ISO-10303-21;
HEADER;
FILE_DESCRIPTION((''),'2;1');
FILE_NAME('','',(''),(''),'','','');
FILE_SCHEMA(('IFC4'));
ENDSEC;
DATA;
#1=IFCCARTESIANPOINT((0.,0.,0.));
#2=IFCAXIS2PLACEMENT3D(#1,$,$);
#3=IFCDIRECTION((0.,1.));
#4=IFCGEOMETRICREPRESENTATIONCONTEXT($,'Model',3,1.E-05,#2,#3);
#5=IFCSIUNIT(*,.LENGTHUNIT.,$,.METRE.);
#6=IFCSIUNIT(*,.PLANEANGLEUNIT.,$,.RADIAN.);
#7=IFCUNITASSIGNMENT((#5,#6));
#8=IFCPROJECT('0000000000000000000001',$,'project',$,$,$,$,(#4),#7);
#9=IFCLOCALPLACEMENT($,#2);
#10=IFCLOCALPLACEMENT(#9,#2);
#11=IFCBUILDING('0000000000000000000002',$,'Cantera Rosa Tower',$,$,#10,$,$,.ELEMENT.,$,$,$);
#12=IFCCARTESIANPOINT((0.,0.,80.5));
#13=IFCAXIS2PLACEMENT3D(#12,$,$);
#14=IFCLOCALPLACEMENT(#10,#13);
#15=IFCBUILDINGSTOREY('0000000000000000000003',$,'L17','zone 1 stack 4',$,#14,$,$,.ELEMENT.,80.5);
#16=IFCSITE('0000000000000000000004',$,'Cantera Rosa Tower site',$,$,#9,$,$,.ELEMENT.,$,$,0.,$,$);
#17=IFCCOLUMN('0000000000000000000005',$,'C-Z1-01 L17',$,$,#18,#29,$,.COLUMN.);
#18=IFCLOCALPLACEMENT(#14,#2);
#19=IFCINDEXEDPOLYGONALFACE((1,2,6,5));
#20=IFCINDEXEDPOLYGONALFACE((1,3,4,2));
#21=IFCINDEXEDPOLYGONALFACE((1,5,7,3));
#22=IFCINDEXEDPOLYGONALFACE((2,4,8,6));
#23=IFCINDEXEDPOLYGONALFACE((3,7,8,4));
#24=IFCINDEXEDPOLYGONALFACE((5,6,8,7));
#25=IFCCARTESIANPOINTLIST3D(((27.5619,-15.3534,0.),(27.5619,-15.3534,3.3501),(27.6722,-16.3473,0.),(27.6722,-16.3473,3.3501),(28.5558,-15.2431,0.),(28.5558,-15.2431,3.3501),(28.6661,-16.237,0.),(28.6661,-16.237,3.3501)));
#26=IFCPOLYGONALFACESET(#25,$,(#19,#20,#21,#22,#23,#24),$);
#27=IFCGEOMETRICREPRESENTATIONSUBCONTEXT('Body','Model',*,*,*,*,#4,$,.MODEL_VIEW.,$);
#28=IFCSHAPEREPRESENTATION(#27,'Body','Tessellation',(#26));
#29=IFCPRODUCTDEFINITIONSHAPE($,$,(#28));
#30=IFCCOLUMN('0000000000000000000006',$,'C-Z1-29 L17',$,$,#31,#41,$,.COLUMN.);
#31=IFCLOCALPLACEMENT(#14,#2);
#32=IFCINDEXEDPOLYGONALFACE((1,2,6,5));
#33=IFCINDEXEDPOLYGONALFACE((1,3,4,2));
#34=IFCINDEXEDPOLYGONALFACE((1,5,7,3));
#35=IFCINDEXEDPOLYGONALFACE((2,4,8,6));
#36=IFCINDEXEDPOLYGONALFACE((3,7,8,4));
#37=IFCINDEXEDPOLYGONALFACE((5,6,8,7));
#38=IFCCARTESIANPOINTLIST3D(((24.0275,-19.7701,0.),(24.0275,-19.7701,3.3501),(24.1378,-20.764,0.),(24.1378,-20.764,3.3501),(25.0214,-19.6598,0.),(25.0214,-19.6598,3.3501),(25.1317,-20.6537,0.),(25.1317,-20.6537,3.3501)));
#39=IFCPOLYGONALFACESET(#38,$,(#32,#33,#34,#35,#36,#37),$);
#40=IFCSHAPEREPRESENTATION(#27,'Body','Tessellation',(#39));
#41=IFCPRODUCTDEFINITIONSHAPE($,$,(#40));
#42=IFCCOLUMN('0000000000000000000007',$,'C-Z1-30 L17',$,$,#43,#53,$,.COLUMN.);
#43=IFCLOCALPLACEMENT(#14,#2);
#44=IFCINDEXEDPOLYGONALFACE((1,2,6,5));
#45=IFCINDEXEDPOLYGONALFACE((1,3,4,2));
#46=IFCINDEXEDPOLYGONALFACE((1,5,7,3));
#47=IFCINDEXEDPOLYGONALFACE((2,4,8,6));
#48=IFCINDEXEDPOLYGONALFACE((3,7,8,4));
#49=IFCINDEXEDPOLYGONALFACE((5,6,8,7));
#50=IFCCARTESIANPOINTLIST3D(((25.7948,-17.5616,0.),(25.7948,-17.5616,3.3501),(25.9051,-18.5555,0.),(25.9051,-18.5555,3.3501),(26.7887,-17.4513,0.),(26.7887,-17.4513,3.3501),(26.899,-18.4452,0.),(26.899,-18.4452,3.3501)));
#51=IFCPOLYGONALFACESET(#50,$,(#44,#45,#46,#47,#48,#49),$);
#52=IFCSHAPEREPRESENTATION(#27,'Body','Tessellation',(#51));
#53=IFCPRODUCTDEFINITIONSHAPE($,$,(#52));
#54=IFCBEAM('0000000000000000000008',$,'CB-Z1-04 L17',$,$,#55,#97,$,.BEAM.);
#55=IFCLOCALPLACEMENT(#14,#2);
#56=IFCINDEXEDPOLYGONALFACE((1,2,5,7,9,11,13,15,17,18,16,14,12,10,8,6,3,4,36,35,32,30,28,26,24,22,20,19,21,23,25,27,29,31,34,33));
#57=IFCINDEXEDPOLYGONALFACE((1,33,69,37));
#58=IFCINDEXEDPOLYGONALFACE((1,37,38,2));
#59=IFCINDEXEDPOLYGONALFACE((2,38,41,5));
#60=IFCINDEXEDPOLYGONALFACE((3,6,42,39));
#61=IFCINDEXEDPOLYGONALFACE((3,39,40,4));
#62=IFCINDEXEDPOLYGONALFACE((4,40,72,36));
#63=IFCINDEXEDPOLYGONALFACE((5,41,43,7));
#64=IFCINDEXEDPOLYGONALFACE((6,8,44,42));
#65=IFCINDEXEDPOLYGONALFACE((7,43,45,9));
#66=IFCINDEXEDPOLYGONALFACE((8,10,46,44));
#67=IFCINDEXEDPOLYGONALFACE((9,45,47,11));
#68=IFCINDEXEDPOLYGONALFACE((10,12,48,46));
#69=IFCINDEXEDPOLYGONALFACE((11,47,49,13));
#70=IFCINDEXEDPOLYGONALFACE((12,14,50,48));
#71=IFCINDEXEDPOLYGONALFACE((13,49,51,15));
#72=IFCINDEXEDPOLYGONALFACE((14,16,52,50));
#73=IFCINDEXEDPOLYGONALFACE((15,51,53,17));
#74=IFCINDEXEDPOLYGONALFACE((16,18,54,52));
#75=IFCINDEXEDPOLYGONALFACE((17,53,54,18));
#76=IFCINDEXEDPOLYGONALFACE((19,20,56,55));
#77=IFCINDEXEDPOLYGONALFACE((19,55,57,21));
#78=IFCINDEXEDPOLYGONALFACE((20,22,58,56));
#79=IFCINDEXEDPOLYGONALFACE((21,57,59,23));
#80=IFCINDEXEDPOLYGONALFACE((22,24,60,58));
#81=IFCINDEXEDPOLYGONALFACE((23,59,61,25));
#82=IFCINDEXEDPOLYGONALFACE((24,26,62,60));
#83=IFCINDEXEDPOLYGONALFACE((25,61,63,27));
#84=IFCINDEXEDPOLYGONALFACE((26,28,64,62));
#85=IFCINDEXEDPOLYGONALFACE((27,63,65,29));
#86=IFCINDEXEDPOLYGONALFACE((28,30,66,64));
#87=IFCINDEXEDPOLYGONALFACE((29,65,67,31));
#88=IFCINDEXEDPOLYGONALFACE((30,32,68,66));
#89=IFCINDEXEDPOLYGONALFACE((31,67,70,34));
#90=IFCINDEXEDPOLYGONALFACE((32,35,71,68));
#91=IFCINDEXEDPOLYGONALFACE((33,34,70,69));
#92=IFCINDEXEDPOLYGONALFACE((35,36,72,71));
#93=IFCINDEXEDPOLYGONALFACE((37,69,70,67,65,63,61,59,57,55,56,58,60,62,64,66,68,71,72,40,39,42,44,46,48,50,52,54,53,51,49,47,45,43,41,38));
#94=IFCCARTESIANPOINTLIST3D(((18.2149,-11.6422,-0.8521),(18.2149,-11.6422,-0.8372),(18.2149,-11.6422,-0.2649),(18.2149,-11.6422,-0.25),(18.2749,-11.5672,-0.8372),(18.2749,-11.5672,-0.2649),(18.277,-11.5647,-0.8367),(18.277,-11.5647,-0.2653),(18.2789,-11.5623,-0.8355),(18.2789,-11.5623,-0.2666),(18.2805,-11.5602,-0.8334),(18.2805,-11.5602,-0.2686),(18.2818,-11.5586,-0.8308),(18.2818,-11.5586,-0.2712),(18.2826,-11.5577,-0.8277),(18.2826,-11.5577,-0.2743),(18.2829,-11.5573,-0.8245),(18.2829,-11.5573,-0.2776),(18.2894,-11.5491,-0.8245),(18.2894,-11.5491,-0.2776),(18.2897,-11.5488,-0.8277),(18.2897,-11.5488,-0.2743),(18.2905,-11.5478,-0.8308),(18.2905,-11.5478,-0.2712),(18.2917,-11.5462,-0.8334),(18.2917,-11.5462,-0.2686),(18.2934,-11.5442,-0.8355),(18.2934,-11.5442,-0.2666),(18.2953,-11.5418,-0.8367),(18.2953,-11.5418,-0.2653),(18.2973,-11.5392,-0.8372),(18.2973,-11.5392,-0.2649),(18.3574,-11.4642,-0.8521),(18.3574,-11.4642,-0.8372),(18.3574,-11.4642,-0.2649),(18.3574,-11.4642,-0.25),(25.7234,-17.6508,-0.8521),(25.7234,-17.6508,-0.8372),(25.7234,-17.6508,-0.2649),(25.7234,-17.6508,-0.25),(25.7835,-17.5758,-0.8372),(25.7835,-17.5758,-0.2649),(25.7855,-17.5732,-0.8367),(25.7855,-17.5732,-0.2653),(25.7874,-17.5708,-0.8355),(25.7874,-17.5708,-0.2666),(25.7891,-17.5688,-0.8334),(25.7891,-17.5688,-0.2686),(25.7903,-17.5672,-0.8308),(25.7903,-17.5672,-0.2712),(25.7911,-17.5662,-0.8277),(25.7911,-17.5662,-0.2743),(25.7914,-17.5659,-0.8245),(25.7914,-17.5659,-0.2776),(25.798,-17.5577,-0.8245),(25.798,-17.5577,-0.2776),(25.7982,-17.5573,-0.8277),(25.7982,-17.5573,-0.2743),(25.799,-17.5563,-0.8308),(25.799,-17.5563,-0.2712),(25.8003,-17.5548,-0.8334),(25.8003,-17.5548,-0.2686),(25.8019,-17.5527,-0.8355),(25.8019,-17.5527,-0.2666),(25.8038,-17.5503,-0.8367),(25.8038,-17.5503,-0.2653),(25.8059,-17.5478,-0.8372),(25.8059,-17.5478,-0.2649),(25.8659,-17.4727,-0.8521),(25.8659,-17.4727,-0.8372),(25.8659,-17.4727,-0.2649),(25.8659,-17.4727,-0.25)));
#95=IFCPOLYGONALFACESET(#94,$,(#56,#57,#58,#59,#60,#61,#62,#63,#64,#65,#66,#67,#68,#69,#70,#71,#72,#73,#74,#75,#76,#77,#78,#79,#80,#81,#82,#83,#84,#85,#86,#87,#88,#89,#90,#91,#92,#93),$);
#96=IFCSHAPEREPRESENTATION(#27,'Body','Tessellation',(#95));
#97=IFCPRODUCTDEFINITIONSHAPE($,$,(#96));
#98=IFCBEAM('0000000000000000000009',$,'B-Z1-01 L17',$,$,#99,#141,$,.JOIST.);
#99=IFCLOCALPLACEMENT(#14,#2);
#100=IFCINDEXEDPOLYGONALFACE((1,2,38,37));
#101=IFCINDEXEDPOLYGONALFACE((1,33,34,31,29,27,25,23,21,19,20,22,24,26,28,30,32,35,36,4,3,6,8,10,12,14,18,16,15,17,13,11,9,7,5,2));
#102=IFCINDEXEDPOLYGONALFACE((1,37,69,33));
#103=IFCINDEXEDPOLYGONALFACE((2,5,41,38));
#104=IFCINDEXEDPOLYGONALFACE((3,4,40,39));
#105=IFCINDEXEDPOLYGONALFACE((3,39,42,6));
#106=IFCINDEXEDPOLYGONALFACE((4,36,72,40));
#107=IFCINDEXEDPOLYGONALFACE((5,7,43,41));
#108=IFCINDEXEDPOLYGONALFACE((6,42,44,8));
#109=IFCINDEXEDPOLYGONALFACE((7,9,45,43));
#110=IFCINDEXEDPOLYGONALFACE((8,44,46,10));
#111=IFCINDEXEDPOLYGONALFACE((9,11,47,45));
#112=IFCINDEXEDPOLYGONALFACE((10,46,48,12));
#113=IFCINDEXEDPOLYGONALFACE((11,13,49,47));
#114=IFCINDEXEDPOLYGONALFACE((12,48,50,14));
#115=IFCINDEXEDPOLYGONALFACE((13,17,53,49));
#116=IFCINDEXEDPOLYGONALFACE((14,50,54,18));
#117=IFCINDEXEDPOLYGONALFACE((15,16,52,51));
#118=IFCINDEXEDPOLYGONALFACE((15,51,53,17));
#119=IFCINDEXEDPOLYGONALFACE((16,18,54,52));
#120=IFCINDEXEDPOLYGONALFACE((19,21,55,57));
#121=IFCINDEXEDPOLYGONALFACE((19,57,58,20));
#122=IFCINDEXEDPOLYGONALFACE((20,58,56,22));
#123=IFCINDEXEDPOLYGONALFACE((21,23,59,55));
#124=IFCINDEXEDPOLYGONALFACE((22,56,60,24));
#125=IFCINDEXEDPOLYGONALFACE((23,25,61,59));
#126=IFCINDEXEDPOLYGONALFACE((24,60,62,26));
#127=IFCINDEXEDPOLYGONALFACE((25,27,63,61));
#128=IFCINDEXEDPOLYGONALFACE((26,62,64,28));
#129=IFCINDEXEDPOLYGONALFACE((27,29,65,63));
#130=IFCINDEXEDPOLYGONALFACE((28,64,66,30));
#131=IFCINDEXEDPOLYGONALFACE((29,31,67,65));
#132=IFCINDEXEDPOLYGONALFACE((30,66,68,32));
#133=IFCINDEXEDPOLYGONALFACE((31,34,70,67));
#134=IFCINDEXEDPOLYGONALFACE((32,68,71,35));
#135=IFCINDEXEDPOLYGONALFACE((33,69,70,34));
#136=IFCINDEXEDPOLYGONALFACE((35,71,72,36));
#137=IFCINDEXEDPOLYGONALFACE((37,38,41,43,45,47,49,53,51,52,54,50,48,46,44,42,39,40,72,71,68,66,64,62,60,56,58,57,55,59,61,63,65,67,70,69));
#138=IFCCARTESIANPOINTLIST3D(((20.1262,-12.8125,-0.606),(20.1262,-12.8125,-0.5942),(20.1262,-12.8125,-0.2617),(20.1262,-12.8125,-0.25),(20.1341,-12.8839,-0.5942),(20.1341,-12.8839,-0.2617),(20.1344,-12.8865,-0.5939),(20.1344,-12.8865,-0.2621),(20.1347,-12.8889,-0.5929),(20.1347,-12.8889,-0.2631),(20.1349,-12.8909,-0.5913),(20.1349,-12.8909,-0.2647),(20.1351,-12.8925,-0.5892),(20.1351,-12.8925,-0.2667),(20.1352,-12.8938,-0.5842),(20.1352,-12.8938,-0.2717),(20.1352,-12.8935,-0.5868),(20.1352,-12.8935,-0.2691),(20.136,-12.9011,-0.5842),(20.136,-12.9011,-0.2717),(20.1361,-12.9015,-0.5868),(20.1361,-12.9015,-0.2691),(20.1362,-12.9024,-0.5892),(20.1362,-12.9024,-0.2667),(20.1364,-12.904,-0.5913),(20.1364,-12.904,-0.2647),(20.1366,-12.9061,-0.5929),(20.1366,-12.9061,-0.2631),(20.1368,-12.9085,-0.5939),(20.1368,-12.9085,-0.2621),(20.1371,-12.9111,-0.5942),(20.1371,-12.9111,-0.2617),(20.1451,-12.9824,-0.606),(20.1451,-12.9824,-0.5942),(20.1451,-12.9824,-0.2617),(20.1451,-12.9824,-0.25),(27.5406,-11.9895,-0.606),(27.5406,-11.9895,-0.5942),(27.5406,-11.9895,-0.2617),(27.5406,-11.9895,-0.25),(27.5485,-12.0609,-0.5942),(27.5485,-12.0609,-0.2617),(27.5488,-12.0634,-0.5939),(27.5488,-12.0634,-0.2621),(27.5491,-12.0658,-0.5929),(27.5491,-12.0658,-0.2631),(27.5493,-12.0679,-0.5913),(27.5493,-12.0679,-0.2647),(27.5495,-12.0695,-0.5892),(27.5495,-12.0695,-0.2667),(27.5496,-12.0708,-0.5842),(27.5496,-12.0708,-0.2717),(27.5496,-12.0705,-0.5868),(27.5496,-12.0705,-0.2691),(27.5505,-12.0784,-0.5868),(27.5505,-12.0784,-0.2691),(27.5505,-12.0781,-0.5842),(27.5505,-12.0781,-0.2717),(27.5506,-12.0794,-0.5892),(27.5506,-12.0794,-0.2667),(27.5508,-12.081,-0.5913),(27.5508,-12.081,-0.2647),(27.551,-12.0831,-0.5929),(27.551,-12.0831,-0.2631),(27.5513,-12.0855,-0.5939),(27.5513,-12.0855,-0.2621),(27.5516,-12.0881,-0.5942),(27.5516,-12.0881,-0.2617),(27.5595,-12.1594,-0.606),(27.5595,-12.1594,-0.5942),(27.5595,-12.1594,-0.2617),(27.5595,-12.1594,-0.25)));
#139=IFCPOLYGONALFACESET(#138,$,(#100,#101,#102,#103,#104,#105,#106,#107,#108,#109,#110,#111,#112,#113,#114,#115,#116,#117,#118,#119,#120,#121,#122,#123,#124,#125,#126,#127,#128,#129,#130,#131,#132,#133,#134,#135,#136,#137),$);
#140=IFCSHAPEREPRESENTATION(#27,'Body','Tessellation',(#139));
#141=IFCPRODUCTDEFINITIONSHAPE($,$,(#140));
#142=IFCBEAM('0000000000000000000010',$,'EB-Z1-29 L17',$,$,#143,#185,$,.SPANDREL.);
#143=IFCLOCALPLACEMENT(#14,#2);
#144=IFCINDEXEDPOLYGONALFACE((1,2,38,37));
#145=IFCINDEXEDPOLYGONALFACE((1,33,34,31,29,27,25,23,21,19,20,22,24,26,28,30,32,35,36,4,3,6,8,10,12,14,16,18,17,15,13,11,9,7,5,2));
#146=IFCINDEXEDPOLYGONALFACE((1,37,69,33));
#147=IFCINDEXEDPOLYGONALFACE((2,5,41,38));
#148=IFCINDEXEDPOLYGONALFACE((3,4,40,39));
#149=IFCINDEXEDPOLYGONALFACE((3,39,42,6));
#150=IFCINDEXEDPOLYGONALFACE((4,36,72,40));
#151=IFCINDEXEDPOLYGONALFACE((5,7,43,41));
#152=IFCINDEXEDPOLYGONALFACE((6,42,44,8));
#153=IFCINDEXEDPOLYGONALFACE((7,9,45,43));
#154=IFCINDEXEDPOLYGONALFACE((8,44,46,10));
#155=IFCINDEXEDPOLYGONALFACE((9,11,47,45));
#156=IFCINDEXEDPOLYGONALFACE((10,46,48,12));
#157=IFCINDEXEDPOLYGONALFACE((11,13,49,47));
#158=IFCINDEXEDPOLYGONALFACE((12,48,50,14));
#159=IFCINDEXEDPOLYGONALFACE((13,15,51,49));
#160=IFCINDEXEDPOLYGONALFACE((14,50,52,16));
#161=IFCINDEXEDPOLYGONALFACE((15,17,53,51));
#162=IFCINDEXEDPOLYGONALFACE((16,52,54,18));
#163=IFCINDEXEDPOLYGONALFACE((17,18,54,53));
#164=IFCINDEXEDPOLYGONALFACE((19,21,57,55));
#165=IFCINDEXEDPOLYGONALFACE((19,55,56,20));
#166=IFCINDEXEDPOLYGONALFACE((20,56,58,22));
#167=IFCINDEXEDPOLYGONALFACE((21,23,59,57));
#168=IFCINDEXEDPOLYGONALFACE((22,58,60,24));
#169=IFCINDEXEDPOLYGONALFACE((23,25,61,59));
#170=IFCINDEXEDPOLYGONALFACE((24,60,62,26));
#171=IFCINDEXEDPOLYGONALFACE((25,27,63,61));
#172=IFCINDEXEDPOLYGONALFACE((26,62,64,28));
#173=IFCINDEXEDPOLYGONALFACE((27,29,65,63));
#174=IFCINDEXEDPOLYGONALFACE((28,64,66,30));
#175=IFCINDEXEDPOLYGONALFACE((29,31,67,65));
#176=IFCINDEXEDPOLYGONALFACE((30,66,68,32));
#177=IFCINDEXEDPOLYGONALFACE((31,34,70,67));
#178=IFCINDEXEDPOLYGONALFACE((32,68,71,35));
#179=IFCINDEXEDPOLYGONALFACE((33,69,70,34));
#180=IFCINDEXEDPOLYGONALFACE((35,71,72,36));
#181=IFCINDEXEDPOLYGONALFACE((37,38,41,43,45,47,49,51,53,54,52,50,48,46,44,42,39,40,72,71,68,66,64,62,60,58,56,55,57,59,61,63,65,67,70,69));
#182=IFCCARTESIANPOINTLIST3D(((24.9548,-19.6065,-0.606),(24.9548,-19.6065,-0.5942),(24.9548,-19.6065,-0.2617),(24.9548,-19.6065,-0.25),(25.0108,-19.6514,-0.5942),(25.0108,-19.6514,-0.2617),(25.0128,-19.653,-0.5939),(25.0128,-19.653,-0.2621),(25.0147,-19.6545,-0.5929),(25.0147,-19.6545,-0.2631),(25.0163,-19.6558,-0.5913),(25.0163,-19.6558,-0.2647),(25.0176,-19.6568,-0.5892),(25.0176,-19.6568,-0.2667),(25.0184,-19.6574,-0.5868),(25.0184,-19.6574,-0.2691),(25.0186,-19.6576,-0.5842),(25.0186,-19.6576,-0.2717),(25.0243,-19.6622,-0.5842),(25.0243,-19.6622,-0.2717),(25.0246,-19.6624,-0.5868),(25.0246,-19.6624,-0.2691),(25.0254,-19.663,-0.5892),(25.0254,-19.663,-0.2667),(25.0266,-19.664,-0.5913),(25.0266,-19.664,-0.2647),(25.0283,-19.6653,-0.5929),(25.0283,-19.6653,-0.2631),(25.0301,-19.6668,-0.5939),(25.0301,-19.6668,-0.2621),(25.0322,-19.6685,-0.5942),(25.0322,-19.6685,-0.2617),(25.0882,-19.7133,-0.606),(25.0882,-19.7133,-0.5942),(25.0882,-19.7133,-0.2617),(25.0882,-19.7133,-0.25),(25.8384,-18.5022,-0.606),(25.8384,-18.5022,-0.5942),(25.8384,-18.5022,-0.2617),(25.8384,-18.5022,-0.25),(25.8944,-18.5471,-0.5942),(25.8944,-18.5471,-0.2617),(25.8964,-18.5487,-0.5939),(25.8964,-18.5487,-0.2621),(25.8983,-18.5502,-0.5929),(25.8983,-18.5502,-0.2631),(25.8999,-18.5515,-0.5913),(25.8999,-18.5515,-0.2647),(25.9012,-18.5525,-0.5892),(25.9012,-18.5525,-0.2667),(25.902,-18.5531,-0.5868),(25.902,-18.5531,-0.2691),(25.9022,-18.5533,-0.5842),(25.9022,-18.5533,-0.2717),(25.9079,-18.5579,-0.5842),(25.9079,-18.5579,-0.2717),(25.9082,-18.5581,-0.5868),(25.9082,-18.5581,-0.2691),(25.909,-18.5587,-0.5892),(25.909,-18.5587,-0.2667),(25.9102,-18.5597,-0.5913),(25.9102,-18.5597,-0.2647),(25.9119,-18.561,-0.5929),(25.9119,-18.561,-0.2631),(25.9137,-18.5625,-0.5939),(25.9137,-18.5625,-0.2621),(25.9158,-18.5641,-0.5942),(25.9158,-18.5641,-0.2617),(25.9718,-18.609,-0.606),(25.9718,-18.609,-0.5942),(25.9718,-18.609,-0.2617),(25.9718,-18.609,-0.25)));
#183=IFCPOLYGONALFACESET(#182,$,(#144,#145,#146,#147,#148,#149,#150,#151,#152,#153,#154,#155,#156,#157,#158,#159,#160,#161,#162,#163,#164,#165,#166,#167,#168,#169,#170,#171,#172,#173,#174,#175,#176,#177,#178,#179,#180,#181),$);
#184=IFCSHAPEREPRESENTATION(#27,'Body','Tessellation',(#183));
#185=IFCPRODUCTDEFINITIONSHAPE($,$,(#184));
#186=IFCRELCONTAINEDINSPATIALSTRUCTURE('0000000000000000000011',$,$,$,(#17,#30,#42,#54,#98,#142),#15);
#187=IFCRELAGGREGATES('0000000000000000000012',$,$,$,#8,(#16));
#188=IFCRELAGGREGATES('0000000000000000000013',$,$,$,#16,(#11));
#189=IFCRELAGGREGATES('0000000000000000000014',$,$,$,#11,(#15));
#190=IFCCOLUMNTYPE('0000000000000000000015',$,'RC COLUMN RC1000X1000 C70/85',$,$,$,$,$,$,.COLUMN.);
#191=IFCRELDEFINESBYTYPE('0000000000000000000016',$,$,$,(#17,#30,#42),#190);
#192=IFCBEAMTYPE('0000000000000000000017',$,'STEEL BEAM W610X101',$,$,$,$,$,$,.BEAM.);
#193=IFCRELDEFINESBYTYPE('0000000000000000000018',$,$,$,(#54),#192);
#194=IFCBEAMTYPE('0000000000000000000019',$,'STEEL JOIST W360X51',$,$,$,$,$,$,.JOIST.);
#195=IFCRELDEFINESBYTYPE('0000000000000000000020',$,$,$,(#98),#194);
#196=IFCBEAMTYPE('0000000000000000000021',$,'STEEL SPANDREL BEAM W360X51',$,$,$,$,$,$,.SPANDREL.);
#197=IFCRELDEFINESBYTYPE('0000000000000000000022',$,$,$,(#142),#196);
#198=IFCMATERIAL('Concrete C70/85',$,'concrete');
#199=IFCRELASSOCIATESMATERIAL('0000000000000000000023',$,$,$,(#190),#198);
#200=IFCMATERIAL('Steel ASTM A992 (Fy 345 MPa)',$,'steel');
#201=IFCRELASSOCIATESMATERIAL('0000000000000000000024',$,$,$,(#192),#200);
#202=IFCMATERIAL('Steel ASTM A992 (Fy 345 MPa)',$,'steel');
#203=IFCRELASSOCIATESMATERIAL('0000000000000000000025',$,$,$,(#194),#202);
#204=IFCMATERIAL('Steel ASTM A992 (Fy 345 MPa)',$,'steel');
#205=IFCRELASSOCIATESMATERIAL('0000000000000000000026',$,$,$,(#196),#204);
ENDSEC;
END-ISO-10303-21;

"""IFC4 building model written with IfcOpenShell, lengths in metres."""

from ifc_helpers import new_model, si_unit, direction, frame, origin, origin_2d, place, context, subcontext, project, spatial, rectangle, i_section, extrude, material, material_profile, profile_set, type_object, element, save


model = new_model("IFC4")

# Units and contexts
model_context = context("Model", 3, precision=1e-05, world=origin(), true_north=direction((0.0, 1.0)))
body_context = subcontext(model_context, "Body", "Model", "MODEL_VIEW")
ifc_project = project(units=[si_unit("LENGTHUNIT", "METRE"), si_unit("PLANEANGLEUNIT", "RADIAN")], contexts=[model_context])

# Site, building, storey
site_placement = place(None, origin())
site = spatial("IfcSite", under=ifc_project, at=site_placement, Name="Cantera Rosa Tower site", CompositionType="ELEMENT", RefElevation=0.0)
building_placement = place(site_placement, origin())
building = spatial("IfcBuilding", under=site, at=building_placement, Name="Cantera Rosa Tower", CompositionType="ELEMENT")
storey_placement = place(building_placement, frame((0.0, 0.0, 80.5)))
storey = spatial("IfcBuildingStorey", under=building, at=storey_placement, Name="L17", Description="zone 1 stack 4", CompositionType="ELEMENT", Elevation=80.5)

# Columns
ifc_material_1 = material(Name="Concrete C70/85", Category="concrete")
ifc_material_profile_1 = material_profile(ifc_material_1, rectangle(XDim=1.0, YDim=1.0, at=origin_2d()), Name="RC COLUMN RC1000X1000 C70/85")
ifc_profile_set_1 = profile_set([ifc_material_profile_1], Name="Concrete C70/85")
column_type = type_object("IfcColumnType", Name="RC COLUMN RC1000X1000 C70/85", PredefinedType="COLUMN", material=ifc_profile_set_1)
for number, where, z_axis, x_axis, name in (
    (1, (28.114, -15.7952, 0.0), (0.0, 0.0, 1.0), (0.993897, 0.110313, 0.0), "C-Z1-01 L17"),
    (2, (24.5796, -20.2119, 0.0), (0.0, 0.0, 1.0), (0.993897, 0.110313, 0.0), "C-Z1-29 L17"),
    (3, (26.3469, -18.0034, 0.0), (0.0, 0.0, 1.0), (0.993897, 0.110313, 0.0), "C-Z1-30 L17"),
):
    element("IfcColumn", number, at=place(storey_placement, frame(where, z_axis=z_axis, x_axis=x_axis)), inside=storey, type_object=column_type, Name=name, PredefinedType="COLUMN", context=body_context, shape_type="SweptSolid", body=[
        extrude(rectangle(XDim=1.0, YDim=1.0, at=origin_2d()), origin(), (0.0, 0.0, 1.0), 3.3501),
    ])

# Beams
ifc_material_2 = material(Name="Steel ASTM A992 (Fy 345 MPa)", Category="steel")
ifc_material_profile_2 = material_profile(ifc_material_2, i_section(OverallWidth=0.228, OverallDepth=0.6021, WebThickness=0.0105, FlangeThickness=0.0149, FilletRadius=0.0127, at=origin_2d()), Name="W610X101")
ifc_profile_set_2 = profile_set([ifc_material_profile_2], Name="Steel ASTM A992 (Fy 345 MPa)")
beam_type_1 = type_object("IfcBeamType", Name="STEEL BEAM W610X101", PredefinedType="BEAM", material=ifc_profile_set_2)
beam_1_placement = place(storey_placement, frame((25.7947, -17.5618, -0.551), z_axis=(-0.780782, 0.624803, 0.0), x_axis=(-0.624803, -0.780782, 0.0)))
element("IfcBeam", 4, at=beam_1_placement, inside=storey, type_object=beam_type_1, Name="CB-Z1-04 L17", PredefinedType="BEAM", context=body_context, shape_type="SweptSolid", body=[
    extrude(i_section(OverallWidth=0.228, OverallDepth=0.6021, WebThickness=0.0105, FlangeThickness=0.0149, FilletRadius=0.0127, at=origin_2d()), origin(), (0.0, 0.0, 1.0), 9.6167),
])
ifc_material_3 = material(Name="Steel ASTM A992 (Fy 345 MPa)", Category="steel")
ifc_material_profile_3 = material_profile(ifc_material_3, i_section(OverallWidth=0.1709, OverallDepth=0.356, WebThickness=0.0073, FlangeThickness=0.0117, FilletRadius=0.01, at=origin_2d()), Name="W360X51")
ifc_profile_set_3 = profile_set([ifc_material_profile_3], Name="Steel ASTM A992 (Fy 345 MPa)")
beam_type_2 = type_object("IfcBeamType", Name="STEEL JOIST W360X51", PredefinedType="JOIST", material=ifc_profile_set_3)
beam_2_placement = place(storey_placement, frame((27.55, -12.0745, -0.428), z_axis=(-0.993896, -0.110324, 0.0), x_axis=(0.110324, -0.993896, 0.0)))
element("IfcBeam", 5, at=beam_2_placement, inside=storey, type_object=beam_type_2, Name="B-Z1-01 L17", PredefinedType="JOIST", context=body_context, shape_type="SweptSolid", body=[
    extrude(i_section(OverallWidth=0.1709, OverallDepth=0.356, WebThickness=0.0073, FlangeThickness=0.0117, FilletRadius=0.01, at=origin_2d()), origin(), (0.0, 0.0, 1.0), 7.46),
])
ifc_material_4 = material(Name="Steel ASTM A992 (Fy 345 MPa)", Category="steel")
ifc_material_profile_4 = material_profile(ifc_material_4, i_section(OverallWidth=0.1709, OverallDepth=0.356, WebThickness=0.0073, FlangeThickness=0.0117, FilletRadius=0.01, at=origin_2d()), Name="W360X51")
ifc_profile_set_4 = profile_set([ifc_material_profile_4], Name="Steel ASTM A992 (Fy 345 MPa)")
beam_type_3 = type_object("IfcBeamType", Name="STEEL SPANDREL BEAM W360X51", PredefinedType="SPANDREL", material=ifc_profile_set_4)
for number, where, z_axis, x_axis, name in (
    (6, (25.0215, -19.6599, -0.428), (0.624758, 0.780818, 0.0), (-0.780818, 0.624758, 0.0), "EB-Z1-29 L17"),
):
    element("IfcBeam", number, at=place(storey_placement, frame(where, z_axis=z_axis, x_axis=x_axis)), inside=storey, type_object=beam_type_3, Name=name, PredefinedType="SPANDREL", context=body_context, shape_type="SweptSolid", body=[
        extrude(i_section(OverallWidth=0.1709, OverallDepth=0.356, WebThickness=0.0073, FlangeThickness=0.0117, FilletRadius=0.01, at=origin_2d()), origin(), (0.0, 0.0, 1.0), 1.4143),
    ])

save(model, "model.ifc")
